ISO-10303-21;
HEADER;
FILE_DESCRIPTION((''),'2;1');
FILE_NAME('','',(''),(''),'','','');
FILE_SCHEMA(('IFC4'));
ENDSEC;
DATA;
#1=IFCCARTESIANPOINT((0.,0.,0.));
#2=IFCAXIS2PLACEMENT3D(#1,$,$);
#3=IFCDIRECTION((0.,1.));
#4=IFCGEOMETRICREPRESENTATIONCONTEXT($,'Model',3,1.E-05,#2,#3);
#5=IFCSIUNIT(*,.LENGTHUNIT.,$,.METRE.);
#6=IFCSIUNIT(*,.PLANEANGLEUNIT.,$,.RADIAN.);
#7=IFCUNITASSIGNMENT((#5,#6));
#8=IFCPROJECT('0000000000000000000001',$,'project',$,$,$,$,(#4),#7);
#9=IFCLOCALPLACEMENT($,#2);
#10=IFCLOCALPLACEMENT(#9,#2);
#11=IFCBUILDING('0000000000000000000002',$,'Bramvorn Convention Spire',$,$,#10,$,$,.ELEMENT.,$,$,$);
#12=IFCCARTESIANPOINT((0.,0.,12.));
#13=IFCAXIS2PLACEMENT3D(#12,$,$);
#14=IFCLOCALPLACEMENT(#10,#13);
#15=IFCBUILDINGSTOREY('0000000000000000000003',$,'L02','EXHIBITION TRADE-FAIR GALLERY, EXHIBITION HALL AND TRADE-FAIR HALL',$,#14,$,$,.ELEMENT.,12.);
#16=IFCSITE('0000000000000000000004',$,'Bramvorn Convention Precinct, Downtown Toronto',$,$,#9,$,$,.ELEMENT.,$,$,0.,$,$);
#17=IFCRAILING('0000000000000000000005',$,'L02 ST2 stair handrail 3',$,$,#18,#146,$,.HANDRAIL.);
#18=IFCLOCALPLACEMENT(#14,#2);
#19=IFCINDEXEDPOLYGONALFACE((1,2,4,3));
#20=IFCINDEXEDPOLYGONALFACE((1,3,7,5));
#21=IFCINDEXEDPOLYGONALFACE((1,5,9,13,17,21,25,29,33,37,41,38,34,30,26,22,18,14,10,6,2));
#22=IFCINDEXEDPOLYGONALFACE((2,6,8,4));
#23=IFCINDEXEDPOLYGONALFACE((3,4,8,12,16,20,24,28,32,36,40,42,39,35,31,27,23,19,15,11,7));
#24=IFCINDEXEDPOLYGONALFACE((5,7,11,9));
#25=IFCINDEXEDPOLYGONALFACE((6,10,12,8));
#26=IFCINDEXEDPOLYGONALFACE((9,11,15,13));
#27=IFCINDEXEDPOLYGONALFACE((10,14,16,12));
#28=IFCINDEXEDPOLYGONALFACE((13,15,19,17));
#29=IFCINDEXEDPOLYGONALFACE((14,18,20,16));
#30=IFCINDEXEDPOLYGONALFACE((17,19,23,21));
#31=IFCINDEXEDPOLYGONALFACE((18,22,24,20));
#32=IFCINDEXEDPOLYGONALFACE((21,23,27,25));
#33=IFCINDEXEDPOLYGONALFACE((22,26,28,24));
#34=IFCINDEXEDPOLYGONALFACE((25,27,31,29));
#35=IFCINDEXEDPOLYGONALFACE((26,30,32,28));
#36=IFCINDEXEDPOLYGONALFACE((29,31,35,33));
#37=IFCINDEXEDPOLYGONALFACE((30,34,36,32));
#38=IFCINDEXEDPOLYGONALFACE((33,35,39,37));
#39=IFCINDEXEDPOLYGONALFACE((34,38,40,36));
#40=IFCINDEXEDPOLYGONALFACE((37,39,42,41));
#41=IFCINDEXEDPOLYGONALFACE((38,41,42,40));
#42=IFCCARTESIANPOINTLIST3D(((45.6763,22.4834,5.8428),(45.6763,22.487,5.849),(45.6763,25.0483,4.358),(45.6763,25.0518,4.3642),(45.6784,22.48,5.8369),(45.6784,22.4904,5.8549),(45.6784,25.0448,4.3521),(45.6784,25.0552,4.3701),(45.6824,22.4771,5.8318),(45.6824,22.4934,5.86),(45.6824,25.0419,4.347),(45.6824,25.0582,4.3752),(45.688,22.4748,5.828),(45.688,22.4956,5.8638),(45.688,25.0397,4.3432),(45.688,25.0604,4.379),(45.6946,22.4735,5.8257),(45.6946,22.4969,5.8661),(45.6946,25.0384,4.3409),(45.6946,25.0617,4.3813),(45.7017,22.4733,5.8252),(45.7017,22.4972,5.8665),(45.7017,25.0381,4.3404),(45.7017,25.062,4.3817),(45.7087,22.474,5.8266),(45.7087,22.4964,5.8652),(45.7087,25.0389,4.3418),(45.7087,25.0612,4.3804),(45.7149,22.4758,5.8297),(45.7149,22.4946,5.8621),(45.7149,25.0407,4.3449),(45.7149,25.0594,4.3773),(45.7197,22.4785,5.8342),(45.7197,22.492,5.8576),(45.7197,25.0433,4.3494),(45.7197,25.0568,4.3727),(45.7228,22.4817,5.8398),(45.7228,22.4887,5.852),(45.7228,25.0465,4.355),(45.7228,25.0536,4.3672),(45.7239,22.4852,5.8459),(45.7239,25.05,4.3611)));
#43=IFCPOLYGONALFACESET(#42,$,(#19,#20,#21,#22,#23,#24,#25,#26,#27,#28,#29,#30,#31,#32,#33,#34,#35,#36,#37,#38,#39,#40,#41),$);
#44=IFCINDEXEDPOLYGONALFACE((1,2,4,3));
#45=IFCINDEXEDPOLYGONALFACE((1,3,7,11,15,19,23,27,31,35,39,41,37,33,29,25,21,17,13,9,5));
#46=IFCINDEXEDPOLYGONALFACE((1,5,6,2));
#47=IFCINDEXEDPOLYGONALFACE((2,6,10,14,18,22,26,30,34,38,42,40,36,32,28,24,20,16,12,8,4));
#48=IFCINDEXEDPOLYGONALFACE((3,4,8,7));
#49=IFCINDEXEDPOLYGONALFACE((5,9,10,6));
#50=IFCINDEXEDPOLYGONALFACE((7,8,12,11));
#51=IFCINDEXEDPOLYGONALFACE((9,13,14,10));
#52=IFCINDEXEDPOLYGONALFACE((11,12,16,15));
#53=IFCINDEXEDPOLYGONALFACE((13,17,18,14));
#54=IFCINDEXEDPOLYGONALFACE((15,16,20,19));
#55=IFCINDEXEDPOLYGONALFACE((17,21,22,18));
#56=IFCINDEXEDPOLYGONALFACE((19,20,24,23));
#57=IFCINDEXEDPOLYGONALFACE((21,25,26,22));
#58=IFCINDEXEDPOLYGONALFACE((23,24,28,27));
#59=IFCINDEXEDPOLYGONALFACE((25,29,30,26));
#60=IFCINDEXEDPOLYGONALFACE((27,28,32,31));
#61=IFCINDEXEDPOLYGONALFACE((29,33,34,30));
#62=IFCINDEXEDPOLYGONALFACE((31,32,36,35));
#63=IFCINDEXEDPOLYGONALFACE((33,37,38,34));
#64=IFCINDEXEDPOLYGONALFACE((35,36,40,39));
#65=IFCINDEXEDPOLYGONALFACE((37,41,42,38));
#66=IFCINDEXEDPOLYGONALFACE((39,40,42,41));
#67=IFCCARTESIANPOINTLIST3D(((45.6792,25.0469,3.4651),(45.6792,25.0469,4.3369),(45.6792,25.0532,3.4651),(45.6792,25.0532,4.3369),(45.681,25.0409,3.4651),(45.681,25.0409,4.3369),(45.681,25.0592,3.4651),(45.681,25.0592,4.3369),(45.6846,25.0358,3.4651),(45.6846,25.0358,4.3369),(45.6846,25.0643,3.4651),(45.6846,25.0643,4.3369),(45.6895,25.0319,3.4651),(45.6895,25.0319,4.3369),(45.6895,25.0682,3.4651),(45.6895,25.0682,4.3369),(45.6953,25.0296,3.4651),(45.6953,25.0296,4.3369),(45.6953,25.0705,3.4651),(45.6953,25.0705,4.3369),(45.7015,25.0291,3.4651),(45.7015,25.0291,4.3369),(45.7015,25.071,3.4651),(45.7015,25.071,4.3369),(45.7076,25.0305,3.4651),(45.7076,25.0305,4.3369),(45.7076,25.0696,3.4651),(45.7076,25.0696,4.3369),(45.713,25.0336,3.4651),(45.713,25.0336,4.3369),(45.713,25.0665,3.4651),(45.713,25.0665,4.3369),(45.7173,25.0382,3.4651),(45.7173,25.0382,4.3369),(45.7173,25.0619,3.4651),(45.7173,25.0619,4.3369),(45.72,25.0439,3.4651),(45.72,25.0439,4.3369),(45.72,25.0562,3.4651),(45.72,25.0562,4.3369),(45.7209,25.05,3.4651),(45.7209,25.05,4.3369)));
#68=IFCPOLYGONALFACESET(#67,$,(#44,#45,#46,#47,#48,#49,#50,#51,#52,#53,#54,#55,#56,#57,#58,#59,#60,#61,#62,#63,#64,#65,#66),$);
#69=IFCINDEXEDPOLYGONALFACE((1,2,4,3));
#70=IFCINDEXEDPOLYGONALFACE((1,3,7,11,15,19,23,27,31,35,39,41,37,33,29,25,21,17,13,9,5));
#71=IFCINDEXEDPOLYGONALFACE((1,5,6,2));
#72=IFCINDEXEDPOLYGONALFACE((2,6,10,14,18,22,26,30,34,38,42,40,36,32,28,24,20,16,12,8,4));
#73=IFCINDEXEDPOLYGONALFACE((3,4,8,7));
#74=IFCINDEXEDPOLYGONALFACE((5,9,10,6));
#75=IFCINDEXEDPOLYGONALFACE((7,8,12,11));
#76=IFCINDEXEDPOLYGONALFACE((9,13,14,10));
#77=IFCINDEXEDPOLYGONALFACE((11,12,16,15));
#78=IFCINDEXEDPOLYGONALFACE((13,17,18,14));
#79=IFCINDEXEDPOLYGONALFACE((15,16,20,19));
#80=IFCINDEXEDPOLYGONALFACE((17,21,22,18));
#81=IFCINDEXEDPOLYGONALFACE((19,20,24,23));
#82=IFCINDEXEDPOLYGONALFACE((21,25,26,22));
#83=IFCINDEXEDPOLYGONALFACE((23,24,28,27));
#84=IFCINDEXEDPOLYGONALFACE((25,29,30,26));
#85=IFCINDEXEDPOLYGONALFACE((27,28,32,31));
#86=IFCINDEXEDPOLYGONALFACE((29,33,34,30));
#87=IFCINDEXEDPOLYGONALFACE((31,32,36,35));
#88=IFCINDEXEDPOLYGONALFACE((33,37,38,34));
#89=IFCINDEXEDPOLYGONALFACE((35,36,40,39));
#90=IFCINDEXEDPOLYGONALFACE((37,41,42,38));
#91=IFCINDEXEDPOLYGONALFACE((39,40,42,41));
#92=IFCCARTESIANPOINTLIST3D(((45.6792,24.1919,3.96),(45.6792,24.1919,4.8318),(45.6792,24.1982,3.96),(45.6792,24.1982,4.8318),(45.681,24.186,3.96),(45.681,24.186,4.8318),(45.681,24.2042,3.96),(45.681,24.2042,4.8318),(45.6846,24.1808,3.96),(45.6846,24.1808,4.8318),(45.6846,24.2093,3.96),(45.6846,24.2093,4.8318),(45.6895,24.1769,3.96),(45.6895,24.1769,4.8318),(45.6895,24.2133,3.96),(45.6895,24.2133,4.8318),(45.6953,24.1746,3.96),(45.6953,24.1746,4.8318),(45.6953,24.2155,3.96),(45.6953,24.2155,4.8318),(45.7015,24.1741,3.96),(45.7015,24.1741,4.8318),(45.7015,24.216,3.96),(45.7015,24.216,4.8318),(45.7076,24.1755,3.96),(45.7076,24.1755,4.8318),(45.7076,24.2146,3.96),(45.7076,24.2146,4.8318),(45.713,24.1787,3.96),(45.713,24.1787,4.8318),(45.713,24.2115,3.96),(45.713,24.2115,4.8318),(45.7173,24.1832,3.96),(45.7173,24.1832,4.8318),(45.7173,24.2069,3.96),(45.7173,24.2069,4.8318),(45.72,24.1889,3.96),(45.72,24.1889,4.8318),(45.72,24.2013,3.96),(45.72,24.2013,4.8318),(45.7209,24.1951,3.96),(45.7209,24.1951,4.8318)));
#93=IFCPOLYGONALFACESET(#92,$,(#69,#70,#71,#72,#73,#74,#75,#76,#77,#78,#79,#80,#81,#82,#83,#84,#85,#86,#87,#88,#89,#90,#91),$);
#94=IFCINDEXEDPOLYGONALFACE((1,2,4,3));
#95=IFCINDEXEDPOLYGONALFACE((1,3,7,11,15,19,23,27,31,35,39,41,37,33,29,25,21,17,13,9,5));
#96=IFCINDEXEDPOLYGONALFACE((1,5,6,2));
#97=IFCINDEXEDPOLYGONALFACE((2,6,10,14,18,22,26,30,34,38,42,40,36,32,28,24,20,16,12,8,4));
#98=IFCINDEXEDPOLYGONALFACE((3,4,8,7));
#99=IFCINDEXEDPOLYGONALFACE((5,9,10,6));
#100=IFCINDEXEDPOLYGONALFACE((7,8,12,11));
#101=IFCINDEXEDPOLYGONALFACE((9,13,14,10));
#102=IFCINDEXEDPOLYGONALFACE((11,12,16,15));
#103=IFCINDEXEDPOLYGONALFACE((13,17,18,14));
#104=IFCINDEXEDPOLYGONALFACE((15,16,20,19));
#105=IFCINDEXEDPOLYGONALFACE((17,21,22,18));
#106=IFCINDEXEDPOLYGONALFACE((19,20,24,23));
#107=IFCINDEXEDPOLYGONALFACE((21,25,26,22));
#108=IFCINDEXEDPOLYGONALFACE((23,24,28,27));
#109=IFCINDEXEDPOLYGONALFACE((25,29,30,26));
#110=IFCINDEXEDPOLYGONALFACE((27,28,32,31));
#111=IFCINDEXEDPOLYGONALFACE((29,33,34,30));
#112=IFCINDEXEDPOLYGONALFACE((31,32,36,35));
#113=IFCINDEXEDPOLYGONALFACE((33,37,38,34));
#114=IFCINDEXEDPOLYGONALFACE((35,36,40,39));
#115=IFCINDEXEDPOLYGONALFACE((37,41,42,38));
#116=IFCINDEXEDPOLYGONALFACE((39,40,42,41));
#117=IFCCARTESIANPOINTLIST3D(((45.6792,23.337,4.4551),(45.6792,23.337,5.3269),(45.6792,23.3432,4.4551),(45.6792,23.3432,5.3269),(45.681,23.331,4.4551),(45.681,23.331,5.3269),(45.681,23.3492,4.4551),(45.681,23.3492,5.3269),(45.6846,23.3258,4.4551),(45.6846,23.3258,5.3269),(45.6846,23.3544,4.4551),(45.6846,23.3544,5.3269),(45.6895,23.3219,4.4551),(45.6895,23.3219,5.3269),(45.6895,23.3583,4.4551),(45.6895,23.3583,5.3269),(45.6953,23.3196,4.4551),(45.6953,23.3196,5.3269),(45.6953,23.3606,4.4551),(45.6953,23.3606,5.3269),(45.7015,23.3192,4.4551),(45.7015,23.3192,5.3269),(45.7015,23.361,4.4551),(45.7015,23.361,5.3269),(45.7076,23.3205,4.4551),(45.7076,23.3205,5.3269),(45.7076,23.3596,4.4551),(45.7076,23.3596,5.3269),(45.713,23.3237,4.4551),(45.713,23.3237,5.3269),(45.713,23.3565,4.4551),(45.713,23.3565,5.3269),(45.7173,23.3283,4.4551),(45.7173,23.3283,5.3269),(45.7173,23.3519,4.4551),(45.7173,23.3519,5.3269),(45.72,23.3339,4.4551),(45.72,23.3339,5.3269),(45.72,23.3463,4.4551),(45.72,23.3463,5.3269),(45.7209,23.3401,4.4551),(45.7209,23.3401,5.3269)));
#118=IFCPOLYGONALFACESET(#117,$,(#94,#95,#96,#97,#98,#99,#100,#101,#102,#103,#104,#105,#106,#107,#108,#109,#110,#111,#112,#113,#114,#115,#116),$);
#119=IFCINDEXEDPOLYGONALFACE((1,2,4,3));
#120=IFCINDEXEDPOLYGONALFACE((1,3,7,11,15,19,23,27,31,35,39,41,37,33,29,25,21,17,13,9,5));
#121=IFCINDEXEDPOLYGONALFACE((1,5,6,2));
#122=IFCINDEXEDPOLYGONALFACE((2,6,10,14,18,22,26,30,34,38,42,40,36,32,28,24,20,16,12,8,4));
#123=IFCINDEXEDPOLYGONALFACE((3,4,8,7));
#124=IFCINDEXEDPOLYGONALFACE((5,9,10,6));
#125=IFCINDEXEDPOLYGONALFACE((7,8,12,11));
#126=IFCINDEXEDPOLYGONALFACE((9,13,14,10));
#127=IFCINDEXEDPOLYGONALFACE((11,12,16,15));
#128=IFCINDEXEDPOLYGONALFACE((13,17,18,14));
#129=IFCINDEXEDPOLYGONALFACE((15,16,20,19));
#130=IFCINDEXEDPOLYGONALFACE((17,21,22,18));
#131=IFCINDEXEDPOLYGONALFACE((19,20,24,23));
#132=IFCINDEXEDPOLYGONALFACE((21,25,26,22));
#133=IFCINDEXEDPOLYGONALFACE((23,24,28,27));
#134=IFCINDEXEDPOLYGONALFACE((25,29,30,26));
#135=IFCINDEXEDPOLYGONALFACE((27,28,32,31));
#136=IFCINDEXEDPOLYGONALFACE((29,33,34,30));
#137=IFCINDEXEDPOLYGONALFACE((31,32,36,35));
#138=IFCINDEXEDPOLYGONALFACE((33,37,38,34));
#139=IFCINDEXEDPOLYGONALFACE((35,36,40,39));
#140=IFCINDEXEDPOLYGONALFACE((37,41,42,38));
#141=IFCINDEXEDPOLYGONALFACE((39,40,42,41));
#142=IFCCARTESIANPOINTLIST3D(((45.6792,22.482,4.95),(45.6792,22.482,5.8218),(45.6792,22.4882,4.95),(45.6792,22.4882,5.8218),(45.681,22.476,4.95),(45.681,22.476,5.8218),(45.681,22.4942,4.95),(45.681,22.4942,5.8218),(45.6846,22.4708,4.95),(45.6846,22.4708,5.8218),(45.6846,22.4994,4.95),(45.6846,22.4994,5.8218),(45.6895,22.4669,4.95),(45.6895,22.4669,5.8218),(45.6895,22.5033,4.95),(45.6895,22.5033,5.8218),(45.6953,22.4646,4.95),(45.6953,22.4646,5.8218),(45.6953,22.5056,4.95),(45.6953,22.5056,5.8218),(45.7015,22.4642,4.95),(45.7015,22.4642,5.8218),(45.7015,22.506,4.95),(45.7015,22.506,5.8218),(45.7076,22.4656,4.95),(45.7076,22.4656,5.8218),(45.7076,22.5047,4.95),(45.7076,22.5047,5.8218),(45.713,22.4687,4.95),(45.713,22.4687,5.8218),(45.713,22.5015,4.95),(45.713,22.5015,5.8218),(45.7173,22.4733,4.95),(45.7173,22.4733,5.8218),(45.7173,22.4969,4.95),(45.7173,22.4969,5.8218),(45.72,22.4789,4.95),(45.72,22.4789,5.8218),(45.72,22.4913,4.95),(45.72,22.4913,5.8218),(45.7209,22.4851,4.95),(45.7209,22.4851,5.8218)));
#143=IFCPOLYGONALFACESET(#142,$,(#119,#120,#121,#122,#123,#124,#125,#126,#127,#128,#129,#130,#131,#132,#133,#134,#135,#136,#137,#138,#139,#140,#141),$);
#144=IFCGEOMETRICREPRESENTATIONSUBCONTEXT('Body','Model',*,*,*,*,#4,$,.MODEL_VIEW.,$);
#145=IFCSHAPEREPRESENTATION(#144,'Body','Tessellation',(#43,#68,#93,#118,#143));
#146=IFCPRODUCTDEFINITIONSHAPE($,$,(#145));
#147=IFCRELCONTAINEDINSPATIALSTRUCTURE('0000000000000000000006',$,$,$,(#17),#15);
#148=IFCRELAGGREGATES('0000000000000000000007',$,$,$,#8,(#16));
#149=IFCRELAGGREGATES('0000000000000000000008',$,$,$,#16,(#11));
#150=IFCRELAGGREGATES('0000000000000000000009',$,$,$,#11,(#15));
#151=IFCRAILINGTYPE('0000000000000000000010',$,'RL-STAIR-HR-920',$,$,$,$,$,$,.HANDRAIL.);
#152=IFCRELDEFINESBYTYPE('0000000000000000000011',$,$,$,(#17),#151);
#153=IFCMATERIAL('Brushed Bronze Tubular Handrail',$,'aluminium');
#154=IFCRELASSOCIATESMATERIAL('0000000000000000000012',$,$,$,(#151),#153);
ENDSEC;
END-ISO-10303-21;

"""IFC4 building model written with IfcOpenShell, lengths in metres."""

from ifc_helpers import new_model, si_unit, direction, frame, origin, origin_2d, place, context, subcontext, project, spatial, circle, extrude, material, type_object, element, save


model = new_model("IFC4")

# Units and contexts
model_context = context("Model", 3, precision=1e-05, world=origin(), true_north=direction((0.0, 1.0)))
body_context = subcontext(model_context, "Body", "Model", "MODEL_VIEW")
ifc_project = project(units=[si_unit("LENGTHUNIT", "METRE"), si_unit("PLANEANGLEUNIT", "RADIAN")], contexts=[model_context])

# Site, building, storey
site_placement = place(None, origin())
site = spatial("IfcSite", under=ifc_project, at=site_placement, Name="Bramvorn Convention Precinct, Downtown Toronto", CompositionType="ELEMENT", RefElevation=0.0)
building_placement = place(site_placement, origin())
building = spatial("IfcBuilding", under=site, at=building_placement, Name="Bramvorn Convention Spire", CompositionType="ELEMENT")
storey_placement = place(building_placement, frame((0.0, 0.0, 12.0)))
storey = spatial("IfcBuildingStorey", under=building, at=storey_placement, Name="L02", Description="EXHIBITION TRADE-FAIR GALLERY, EXHIBITION HALL AND TRADE-FAIR HALL", CompositionType="ELEMENT", Elevation=12.0)

# Railing
ifc_material_1 = material(Name="Brushed Bronze Tubular Handrail", Category="aluminium")
railing_type_1 = type_object("IfcRailingType", Name="RL-STAIR-HR-920", PredefinedType="HANDRAIL", material=ifc_material_1)
for number, where, name in (
    (1, (45.7, 25.05, 3.4651), "L02 ST2 stair handrail 3"),
):
    element("IfcRailing", number, at=place(storey_placement, frame(where)), inside=storey, type_object=railing_type_1, Name=name, PredefinedType="HANDRAIL", context=body_context, shape_type="SweptSolid", body=[
        extrude(circle(Radius=0.0239, at=origin_2d()), frame((0.0, 0.0, 0.896), z_axis=(0.0, -0.865441, 0.50101), x_axis=(1.0, 0.0, 0.0)), (0.0, 0.0, 1.0), 2.9636),
        extrude(circle(Radius=0.021, at=origin_2d()), origin(), (0.0, 0.0, 1.0), 0.8718),
        extrude(circle(Radius=0.021, at=origin_2d()), frame((0.0, -0.855, 0.4949)), (0.0, 0.0, 1.0), 0.8718),
        extrude(circle(Radius=0.021, at=origin_2d()), frame((0.0, -1.71, 0.99)), (0.0, 0.0, 1.0), 0.8718),
        extrude(circle(Radius=0.021, at=origin_2d()), frame((0.0, -2.5649, 1.4849)), (0.0, 0.0, 1.0), 0.8718),
    ])

save(model, "model.ifc")
